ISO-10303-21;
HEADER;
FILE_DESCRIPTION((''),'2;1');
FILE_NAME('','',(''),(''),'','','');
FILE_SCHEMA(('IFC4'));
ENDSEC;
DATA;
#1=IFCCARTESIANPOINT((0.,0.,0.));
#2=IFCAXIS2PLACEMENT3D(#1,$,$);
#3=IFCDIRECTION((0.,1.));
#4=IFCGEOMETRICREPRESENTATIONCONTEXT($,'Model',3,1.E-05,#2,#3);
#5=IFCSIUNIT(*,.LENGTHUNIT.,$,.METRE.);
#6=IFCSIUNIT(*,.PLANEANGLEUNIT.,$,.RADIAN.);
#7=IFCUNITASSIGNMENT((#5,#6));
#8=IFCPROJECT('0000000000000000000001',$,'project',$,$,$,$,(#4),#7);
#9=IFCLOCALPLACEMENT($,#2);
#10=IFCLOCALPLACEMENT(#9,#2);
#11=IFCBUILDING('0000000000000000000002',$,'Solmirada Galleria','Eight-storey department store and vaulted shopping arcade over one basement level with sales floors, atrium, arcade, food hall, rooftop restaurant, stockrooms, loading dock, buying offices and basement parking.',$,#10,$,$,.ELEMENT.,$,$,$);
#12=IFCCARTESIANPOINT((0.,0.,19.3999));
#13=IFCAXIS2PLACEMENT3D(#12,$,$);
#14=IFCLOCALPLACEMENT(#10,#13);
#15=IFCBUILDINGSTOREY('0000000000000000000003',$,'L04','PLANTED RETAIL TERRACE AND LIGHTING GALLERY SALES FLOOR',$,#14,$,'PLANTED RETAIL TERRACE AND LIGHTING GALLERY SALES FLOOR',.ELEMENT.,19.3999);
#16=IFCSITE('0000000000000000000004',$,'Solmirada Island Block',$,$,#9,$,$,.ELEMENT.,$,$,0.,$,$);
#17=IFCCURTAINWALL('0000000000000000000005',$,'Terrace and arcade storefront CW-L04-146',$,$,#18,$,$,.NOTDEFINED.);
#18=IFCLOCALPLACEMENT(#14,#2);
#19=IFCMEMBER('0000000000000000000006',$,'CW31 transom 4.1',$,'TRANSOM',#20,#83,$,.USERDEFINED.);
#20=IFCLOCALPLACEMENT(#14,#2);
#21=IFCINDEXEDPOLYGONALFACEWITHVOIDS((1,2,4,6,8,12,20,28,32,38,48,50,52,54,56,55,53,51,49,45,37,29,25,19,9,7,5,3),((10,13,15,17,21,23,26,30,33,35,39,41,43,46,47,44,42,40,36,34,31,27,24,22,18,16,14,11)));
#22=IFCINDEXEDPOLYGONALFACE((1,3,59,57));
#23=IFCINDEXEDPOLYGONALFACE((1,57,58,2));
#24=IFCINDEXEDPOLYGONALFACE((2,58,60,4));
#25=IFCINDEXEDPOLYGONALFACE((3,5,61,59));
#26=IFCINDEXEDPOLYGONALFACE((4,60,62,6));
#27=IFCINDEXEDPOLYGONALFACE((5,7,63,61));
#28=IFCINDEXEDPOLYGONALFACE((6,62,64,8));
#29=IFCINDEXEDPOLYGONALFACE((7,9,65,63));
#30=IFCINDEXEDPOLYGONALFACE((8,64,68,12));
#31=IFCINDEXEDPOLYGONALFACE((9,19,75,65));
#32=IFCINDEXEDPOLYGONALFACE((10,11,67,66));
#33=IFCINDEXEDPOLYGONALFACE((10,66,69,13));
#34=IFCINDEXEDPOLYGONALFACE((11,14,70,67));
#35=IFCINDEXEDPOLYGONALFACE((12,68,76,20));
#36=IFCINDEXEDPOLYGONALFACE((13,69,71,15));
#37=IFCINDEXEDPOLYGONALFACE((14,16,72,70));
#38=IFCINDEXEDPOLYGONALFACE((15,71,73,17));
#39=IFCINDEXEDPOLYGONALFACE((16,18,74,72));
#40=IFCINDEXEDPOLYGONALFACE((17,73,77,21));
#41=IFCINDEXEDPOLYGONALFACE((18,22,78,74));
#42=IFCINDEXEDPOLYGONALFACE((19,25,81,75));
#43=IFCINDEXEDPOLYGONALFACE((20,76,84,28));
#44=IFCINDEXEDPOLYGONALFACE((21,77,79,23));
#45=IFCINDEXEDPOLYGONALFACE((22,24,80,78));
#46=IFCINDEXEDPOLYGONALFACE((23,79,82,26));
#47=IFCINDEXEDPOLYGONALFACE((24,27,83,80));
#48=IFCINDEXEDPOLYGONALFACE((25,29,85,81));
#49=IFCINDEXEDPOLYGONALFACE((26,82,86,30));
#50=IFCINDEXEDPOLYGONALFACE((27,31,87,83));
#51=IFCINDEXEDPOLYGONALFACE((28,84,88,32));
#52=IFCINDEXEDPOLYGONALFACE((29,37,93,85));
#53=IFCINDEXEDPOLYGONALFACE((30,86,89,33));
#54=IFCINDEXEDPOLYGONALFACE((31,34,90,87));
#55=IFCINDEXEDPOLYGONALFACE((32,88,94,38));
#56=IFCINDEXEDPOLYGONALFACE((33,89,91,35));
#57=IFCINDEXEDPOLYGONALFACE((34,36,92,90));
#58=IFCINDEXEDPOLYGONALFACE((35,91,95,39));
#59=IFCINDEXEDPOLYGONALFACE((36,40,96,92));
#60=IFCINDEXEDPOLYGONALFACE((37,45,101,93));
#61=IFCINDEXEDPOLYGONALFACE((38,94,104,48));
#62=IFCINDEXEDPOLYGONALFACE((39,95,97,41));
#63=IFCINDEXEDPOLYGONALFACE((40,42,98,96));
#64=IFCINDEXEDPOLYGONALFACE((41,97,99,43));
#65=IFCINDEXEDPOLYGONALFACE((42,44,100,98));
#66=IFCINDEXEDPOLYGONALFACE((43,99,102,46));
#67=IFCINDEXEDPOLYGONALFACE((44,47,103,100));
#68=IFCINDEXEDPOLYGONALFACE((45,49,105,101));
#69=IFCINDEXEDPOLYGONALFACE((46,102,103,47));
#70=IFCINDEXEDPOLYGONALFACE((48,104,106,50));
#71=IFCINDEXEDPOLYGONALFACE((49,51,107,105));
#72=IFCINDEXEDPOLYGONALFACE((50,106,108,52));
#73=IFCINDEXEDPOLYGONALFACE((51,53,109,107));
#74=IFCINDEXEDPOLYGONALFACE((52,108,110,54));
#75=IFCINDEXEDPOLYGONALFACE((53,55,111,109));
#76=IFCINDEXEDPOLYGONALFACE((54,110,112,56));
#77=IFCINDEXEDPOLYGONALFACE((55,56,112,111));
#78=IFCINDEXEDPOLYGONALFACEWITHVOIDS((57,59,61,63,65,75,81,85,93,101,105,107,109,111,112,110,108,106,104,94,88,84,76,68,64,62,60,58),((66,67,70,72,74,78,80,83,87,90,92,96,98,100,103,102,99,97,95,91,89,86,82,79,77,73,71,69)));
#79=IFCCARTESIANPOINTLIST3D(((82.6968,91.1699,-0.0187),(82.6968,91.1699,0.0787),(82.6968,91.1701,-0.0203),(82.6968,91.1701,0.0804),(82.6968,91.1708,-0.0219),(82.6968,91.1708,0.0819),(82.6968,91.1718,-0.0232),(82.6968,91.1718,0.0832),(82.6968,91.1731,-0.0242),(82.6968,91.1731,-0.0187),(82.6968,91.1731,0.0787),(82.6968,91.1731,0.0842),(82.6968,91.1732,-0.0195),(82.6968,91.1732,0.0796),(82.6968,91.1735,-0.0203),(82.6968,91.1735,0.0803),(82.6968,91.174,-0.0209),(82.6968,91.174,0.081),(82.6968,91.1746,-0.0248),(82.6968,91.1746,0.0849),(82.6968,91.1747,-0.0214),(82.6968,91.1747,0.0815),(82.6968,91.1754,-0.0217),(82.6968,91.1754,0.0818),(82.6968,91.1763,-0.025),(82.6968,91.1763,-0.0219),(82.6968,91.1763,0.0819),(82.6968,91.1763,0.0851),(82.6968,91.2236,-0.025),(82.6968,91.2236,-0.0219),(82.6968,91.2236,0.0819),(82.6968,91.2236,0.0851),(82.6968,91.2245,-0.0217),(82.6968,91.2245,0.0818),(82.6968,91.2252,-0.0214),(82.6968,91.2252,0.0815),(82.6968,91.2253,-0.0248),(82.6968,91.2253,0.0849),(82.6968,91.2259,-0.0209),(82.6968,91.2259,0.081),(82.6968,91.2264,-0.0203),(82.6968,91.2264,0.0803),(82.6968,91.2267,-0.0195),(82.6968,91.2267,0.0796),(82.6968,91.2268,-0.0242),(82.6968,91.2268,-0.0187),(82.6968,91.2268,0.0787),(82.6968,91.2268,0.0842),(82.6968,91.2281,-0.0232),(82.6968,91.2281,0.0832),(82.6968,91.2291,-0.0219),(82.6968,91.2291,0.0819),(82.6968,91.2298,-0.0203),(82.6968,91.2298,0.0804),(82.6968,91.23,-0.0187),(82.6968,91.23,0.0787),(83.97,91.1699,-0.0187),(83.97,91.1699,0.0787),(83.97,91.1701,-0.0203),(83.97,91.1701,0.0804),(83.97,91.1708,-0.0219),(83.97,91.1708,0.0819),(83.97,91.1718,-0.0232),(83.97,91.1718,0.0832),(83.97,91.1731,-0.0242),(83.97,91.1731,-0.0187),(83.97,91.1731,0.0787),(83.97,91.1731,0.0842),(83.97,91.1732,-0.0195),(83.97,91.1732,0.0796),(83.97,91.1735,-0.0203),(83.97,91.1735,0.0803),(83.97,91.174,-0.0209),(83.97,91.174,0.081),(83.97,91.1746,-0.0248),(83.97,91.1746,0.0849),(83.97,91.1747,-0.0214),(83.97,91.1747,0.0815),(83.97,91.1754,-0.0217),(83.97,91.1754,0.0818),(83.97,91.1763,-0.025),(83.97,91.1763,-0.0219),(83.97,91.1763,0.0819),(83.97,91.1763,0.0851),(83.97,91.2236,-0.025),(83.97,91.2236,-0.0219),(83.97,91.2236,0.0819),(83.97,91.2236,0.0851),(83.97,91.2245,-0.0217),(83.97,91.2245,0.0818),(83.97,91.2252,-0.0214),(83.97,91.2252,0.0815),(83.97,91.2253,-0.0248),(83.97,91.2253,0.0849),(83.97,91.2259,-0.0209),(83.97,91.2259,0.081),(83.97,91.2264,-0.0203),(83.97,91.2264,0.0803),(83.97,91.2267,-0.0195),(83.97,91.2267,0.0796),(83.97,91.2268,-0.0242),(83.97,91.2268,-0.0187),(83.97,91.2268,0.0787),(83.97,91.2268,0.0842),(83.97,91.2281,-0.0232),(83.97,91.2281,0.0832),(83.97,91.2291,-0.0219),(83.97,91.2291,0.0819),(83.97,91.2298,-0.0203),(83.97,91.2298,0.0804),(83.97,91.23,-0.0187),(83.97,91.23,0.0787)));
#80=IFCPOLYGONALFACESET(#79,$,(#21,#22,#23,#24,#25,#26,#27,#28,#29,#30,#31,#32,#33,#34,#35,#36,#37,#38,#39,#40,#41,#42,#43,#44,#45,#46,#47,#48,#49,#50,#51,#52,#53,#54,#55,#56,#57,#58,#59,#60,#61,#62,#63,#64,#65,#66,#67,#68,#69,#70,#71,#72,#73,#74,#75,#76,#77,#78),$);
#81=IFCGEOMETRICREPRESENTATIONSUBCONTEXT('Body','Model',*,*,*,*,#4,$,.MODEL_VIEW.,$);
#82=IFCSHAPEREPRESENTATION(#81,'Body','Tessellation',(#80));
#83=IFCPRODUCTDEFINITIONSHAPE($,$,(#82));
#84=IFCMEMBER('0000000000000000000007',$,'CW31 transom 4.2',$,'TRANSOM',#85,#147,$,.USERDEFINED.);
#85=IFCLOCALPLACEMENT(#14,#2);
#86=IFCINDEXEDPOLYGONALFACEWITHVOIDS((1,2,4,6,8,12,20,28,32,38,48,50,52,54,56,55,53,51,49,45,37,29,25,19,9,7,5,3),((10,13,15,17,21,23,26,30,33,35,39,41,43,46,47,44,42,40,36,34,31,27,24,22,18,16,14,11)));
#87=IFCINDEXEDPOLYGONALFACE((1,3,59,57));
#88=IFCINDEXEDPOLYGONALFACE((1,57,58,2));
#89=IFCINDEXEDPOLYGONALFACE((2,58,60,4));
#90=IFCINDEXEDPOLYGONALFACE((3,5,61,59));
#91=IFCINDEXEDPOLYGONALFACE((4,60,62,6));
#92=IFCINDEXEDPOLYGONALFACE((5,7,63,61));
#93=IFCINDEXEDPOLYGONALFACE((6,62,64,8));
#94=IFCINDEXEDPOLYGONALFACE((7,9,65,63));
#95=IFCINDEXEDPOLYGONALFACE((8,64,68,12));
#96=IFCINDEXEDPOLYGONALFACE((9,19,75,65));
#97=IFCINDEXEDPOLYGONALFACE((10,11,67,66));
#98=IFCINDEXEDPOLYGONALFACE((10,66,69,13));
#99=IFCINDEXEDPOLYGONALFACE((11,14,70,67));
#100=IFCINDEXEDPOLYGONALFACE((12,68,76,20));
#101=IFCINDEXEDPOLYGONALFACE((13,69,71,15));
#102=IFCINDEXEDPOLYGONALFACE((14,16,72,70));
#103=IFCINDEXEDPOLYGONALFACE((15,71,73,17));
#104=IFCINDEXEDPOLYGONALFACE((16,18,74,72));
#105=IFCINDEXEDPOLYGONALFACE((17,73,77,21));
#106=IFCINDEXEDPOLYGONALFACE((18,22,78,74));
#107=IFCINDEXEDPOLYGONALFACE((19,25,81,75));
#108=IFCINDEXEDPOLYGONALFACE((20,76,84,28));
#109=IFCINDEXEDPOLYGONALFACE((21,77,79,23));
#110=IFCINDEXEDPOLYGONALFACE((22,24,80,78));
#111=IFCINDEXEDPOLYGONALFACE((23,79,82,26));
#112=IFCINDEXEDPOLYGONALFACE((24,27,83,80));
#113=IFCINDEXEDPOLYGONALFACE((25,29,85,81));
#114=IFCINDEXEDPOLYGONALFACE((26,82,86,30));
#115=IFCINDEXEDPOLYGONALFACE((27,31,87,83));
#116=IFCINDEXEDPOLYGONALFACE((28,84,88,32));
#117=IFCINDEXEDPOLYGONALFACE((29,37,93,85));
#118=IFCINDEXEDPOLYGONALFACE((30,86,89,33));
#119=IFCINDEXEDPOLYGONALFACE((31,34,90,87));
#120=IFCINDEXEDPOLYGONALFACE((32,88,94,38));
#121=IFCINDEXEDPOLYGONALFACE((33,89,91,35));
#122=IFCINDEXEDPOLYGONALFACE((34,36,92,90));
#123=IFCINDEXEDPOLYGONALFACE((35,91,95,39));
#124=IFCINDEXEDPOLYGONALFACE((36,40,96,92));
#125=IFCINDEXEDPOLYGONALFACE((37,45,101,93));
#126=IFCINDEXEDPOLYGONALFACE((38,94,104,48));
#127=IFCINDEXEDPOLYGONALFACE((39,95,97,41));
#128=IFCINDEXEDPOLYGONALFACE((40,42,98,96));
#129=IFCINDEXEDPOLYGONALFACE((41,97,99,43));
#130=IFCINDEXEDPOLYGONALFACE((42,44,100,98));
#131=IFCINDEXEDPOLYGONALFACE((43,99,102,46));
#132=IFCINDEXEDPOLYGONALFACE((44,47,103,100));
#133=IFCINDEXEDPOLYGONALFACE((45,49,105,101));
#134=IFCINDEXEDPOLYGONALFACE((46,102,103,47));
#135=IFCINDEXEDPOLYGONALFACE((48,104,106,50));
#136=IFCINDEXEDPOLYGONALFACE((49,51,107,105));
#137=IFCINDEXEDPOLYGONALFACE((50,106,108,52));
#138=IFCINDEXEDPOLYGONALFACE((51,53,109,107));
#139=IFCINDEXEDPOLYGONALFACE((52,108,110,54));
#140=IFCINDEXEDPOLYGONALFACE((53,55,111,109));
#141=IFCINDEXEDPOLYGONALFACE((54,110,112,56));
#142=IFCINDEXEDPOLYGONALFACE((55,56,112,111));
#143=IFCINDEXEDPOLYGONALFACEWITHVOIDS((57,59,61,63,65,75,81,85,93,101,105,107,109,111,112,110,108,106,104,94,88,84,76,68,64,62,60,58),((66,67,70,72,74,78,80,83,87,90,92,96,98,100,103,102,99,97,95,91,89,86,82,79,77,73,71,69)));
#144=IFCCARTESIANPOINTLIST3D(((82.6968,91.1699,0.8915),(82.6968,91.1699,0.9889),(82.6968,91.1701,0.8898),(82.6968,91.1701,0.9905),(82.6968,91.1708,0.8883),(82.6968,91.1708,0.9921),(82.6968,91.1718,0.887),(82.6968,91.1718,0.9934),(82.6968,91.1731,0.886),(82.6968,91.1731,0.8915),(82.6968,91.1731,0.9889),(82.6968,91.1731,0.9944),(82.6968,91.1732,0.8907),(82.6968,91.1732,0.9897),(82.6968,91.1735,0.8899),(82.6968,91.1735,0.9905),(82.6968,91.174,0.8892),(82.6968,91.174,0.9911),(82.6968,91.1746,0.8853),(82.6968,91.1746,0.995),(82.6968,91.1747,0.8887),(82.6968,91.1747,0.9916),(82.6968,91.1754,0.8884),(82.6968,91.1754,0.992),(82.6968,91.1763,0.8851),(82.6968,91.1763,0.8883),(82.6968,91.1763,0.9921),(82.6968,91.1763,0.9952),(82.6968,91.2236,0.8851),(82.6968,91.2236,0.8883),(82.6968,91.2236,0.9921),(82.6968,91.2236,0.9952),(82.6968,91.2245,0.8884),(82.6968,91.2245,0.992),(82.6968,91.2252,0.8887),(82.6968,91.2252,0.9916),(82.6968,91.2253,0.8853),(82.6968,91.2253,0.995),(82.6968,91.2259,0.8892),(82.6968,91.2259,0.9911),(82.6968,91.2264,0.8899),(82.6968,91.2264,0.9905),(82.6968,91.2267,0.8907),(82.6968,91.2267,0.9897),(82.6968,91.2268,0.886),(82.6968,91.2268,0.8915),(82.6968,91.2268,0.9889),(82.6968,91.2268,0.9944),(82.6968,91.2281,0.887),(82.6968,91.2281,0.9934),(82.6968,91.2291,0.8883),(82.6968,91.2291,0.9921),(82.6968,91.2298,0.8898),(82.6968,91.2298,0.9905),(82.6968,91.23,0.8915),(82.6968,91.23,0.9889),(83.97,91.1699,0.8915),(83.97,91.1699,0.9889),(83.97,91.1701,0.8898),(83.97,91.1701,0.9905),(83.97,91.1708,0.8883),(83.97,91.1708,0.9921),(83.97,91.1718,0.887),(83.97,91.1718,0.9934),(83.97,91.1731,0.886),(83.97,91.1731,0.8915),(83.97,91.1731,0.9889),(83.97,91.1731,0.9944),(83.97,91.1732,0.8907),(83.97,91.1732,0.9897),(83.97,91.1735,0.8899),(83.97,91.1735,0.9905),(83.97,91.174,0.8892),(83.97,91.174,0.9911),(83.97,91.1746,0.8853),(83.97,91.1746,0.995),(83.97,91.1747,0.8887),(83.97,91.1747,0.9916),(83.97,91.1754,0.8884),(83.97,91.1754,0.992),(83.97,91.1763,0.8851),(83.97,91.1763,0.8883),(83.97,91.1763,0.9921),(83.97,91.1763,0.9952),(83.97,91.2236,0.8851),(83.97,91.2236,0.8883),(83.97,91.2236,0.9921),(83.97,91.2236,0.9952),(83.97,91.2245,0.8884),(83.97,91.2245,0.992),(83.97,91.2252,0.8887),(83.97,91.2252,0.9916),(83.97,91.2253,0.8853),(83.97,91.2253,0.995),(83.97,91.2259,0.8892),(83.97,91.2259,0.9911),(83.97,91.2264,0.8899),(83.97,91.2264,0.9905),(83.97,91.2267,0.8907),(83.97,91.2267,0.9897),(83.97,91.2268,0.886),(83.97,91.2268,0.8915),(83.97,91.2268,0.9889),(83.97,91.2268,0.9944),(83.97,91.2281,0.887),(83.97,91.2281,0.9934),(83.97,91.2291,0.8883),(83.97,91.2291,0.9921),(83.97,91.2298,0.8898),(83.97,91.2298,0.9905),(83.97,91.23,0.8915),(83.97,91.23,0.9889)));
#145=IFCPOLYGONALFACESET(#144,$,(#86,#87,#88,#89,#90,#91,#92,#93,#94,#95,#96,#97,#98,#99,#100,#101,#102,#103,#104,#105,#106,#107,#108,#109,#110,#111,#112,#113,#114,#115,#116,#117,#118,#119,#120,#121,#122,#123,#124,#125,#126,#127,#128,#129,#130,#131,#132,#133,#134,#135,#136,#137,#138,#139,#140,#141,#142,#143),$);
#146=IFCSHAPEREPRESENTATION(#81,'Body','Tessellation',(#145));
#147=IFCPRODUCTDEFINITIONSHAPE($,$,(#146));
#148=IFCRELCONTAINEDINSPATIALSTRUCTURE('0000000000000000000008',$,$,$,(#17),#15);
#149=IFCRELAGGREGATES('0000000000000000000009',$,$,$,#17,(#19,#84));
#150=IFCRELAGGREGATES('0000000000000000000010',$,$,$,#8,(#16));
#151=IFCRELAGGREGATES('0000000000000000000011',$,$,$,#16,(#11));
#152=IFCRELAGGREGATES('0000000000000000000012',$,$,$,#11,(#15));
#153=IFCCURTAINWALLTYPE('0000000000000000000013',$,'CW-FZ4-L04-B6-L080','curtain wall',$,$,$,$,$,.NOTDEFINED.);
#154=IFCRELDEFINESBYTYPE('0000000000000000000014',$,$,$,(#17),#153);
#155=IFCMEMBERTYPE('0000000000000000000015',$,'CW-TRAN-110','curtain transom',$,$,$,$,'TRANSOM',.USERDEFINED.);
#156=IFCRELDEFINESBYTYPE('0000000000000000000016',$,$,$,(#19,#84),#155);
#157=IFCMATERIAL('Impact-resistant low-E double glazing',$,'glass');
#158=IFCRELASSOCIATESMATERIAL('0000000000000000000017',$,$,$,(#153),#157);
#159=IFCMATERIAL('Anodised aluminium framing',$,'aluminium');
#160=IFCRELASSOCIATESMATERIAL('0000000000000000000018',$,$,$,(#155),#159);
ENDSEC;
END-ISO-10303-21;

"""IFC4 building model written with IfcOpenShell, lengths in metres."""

from ifc_helpers import new_model, si_unit, direction, frame, origin, origin_2d, place, context, subcontext, project, spatial, hollow_rectangle, extrude, material, material_profile, profile_set, type_object, element, aggregate, save


model = new_model("IFC4")

# Units and contexts
model_context = context("Model", 3, precision=1e-05, world=origin(), true_north=direction((0.0, 1.0)))
body_context = subcontext(model_context, "Body", "Model", "MODEL_VIEW")
ifc_project = project(units=[si_unit("LENGTHUNIT", "METRE"), si_unit("PLANEANGLEUNIT", "RADIAN")], contexts=[model_context])

# Site, building, storey
site_placement = place(None, origin())
site = spatial("IfcSite", under=ifc_project, at=site_placement, Name="Solmirada Island Block", CompositionType="ELEMENT", RefElevation=0.0)
building_placement = place(site_placement, origin())
building = spatial("IfcBuilding", under=site, at=building_placement, Name="Solmirada Galleria", Description="Eight-storey department store and vaulted shopping arcade over one basement level with sales floors, atrium, arcade, food hall, rooftop restaurant, stockrooms, loading dock, buying offices and basement parking.", CompositionType="ELEMENT")
storey_placement = place(building_placement, frame((0.0, 0.0, 19.3999)))
storey = spatial("IfcBuildingStorey", under=building, at=storey_placement, Name="L04", Description="PLANTED RETAIL TERRACE AND LIGHTING GALLERY SALES FLOOR", LongName="PLANTED RETAIL TERRACE AND LIGHTING GALLERY SALES FLOOR", CompositionType="ELEMENT", Elevation=19.3999)

# Curtain wall, members
ifc_material_1 = material(Name="Impact-resistant low-E double glazing", Category="glass")
curtain_wall_type = type_object("IfcCurtainWallType", Name="CW-FZ4-L04-B6-L080", Description="curtain wall", PredefinedType="NOTDEFINED", material=ifc_material_1)
curtain_wall_placement = place(storey_placement, origin())
curtain_wall = element("IfcCurtainWall", 1, at=curtain_wall_placement, inside=storey, type_object=curtain_wall_type, Name="Terrace and arcade storefront CW-L04-146", PredefinedType="NOTDEFINED")
ifc_material_2 = material(Name="Anodised aluminium framing", Category="aluminium")
ifc_material_profile_1 = material_profile(ifc_material_2, hollow_rectangle(XDim=0.0601, YDim=0.1101, WallThickness=0.0032, InnerFilletRadius=0.0032, OuterFilletRadius=0.0063, at=origin_2d()), Name="ALU-TRAN-110X60")
ifc_profile_set_1 = profile_set([ifc_material_profile_1], Name="Anodised aluminium framing")
member_type_1 = type_object("IfcMemberType", Name="CW-TRAN-110", Description="curtain transom", ElementType="TRANSOM", PredefinedType="USERDEFINED", material=ifc_profile_set_1)
member_1_placement = place(storey_placement, frame((83.97, 91.2, 0.03), z_axis=(-1.0, 0.0, 0.0), x_axis=(0.0, -1.0, 0.0)))
member_1 = element("IfcMember", 2, at=member_1_placement, type_object=member_type_1, Name="CW31 transom 4.1", ObjectType="TRANSOM", PredefinedType="USERDEFINED", context=body_context, shape_type="SweptSolid", body=[
    extrude(hollow_rectangle(XDim=0.0601, YDim=0.1101, WallThickness=0.0032, InnerFilletRadius=0.0032, OuterFilletRadius=0.0063, at=origin_2d()), origin(), (0.0, 0.0, 1.0), 1.2732),
])
member_2_placement = place(storey_placement, frame((83.97, 91.2, 0.9402), z_axis=(-1.0, 0.0, 0.0), x_axis=(0.0, -1.0, 0.0)))
member_2 = element("IfcMember", 3, at=member_2_placement, type_object=member_type_1, Name="CW31 transom 4.2", ObjectType="TRANSOM", PredefinedType="USERDEFINED", context=body_context, shape_type="SweptSolid", body=[
    extrude(hollow_rectangle(XDim=0.0601, YDim=0.1101, WallThickness=0.0032, InnerFilletRadius=0.0032, OuterFilletRadius=0.0063, at=origin_2d()), origin(), (0.0, 0.0, 1.0), 1.2732),
])
aggregate(curtain_wall, [member_1, member_2])

save(model, "model.ifc")
